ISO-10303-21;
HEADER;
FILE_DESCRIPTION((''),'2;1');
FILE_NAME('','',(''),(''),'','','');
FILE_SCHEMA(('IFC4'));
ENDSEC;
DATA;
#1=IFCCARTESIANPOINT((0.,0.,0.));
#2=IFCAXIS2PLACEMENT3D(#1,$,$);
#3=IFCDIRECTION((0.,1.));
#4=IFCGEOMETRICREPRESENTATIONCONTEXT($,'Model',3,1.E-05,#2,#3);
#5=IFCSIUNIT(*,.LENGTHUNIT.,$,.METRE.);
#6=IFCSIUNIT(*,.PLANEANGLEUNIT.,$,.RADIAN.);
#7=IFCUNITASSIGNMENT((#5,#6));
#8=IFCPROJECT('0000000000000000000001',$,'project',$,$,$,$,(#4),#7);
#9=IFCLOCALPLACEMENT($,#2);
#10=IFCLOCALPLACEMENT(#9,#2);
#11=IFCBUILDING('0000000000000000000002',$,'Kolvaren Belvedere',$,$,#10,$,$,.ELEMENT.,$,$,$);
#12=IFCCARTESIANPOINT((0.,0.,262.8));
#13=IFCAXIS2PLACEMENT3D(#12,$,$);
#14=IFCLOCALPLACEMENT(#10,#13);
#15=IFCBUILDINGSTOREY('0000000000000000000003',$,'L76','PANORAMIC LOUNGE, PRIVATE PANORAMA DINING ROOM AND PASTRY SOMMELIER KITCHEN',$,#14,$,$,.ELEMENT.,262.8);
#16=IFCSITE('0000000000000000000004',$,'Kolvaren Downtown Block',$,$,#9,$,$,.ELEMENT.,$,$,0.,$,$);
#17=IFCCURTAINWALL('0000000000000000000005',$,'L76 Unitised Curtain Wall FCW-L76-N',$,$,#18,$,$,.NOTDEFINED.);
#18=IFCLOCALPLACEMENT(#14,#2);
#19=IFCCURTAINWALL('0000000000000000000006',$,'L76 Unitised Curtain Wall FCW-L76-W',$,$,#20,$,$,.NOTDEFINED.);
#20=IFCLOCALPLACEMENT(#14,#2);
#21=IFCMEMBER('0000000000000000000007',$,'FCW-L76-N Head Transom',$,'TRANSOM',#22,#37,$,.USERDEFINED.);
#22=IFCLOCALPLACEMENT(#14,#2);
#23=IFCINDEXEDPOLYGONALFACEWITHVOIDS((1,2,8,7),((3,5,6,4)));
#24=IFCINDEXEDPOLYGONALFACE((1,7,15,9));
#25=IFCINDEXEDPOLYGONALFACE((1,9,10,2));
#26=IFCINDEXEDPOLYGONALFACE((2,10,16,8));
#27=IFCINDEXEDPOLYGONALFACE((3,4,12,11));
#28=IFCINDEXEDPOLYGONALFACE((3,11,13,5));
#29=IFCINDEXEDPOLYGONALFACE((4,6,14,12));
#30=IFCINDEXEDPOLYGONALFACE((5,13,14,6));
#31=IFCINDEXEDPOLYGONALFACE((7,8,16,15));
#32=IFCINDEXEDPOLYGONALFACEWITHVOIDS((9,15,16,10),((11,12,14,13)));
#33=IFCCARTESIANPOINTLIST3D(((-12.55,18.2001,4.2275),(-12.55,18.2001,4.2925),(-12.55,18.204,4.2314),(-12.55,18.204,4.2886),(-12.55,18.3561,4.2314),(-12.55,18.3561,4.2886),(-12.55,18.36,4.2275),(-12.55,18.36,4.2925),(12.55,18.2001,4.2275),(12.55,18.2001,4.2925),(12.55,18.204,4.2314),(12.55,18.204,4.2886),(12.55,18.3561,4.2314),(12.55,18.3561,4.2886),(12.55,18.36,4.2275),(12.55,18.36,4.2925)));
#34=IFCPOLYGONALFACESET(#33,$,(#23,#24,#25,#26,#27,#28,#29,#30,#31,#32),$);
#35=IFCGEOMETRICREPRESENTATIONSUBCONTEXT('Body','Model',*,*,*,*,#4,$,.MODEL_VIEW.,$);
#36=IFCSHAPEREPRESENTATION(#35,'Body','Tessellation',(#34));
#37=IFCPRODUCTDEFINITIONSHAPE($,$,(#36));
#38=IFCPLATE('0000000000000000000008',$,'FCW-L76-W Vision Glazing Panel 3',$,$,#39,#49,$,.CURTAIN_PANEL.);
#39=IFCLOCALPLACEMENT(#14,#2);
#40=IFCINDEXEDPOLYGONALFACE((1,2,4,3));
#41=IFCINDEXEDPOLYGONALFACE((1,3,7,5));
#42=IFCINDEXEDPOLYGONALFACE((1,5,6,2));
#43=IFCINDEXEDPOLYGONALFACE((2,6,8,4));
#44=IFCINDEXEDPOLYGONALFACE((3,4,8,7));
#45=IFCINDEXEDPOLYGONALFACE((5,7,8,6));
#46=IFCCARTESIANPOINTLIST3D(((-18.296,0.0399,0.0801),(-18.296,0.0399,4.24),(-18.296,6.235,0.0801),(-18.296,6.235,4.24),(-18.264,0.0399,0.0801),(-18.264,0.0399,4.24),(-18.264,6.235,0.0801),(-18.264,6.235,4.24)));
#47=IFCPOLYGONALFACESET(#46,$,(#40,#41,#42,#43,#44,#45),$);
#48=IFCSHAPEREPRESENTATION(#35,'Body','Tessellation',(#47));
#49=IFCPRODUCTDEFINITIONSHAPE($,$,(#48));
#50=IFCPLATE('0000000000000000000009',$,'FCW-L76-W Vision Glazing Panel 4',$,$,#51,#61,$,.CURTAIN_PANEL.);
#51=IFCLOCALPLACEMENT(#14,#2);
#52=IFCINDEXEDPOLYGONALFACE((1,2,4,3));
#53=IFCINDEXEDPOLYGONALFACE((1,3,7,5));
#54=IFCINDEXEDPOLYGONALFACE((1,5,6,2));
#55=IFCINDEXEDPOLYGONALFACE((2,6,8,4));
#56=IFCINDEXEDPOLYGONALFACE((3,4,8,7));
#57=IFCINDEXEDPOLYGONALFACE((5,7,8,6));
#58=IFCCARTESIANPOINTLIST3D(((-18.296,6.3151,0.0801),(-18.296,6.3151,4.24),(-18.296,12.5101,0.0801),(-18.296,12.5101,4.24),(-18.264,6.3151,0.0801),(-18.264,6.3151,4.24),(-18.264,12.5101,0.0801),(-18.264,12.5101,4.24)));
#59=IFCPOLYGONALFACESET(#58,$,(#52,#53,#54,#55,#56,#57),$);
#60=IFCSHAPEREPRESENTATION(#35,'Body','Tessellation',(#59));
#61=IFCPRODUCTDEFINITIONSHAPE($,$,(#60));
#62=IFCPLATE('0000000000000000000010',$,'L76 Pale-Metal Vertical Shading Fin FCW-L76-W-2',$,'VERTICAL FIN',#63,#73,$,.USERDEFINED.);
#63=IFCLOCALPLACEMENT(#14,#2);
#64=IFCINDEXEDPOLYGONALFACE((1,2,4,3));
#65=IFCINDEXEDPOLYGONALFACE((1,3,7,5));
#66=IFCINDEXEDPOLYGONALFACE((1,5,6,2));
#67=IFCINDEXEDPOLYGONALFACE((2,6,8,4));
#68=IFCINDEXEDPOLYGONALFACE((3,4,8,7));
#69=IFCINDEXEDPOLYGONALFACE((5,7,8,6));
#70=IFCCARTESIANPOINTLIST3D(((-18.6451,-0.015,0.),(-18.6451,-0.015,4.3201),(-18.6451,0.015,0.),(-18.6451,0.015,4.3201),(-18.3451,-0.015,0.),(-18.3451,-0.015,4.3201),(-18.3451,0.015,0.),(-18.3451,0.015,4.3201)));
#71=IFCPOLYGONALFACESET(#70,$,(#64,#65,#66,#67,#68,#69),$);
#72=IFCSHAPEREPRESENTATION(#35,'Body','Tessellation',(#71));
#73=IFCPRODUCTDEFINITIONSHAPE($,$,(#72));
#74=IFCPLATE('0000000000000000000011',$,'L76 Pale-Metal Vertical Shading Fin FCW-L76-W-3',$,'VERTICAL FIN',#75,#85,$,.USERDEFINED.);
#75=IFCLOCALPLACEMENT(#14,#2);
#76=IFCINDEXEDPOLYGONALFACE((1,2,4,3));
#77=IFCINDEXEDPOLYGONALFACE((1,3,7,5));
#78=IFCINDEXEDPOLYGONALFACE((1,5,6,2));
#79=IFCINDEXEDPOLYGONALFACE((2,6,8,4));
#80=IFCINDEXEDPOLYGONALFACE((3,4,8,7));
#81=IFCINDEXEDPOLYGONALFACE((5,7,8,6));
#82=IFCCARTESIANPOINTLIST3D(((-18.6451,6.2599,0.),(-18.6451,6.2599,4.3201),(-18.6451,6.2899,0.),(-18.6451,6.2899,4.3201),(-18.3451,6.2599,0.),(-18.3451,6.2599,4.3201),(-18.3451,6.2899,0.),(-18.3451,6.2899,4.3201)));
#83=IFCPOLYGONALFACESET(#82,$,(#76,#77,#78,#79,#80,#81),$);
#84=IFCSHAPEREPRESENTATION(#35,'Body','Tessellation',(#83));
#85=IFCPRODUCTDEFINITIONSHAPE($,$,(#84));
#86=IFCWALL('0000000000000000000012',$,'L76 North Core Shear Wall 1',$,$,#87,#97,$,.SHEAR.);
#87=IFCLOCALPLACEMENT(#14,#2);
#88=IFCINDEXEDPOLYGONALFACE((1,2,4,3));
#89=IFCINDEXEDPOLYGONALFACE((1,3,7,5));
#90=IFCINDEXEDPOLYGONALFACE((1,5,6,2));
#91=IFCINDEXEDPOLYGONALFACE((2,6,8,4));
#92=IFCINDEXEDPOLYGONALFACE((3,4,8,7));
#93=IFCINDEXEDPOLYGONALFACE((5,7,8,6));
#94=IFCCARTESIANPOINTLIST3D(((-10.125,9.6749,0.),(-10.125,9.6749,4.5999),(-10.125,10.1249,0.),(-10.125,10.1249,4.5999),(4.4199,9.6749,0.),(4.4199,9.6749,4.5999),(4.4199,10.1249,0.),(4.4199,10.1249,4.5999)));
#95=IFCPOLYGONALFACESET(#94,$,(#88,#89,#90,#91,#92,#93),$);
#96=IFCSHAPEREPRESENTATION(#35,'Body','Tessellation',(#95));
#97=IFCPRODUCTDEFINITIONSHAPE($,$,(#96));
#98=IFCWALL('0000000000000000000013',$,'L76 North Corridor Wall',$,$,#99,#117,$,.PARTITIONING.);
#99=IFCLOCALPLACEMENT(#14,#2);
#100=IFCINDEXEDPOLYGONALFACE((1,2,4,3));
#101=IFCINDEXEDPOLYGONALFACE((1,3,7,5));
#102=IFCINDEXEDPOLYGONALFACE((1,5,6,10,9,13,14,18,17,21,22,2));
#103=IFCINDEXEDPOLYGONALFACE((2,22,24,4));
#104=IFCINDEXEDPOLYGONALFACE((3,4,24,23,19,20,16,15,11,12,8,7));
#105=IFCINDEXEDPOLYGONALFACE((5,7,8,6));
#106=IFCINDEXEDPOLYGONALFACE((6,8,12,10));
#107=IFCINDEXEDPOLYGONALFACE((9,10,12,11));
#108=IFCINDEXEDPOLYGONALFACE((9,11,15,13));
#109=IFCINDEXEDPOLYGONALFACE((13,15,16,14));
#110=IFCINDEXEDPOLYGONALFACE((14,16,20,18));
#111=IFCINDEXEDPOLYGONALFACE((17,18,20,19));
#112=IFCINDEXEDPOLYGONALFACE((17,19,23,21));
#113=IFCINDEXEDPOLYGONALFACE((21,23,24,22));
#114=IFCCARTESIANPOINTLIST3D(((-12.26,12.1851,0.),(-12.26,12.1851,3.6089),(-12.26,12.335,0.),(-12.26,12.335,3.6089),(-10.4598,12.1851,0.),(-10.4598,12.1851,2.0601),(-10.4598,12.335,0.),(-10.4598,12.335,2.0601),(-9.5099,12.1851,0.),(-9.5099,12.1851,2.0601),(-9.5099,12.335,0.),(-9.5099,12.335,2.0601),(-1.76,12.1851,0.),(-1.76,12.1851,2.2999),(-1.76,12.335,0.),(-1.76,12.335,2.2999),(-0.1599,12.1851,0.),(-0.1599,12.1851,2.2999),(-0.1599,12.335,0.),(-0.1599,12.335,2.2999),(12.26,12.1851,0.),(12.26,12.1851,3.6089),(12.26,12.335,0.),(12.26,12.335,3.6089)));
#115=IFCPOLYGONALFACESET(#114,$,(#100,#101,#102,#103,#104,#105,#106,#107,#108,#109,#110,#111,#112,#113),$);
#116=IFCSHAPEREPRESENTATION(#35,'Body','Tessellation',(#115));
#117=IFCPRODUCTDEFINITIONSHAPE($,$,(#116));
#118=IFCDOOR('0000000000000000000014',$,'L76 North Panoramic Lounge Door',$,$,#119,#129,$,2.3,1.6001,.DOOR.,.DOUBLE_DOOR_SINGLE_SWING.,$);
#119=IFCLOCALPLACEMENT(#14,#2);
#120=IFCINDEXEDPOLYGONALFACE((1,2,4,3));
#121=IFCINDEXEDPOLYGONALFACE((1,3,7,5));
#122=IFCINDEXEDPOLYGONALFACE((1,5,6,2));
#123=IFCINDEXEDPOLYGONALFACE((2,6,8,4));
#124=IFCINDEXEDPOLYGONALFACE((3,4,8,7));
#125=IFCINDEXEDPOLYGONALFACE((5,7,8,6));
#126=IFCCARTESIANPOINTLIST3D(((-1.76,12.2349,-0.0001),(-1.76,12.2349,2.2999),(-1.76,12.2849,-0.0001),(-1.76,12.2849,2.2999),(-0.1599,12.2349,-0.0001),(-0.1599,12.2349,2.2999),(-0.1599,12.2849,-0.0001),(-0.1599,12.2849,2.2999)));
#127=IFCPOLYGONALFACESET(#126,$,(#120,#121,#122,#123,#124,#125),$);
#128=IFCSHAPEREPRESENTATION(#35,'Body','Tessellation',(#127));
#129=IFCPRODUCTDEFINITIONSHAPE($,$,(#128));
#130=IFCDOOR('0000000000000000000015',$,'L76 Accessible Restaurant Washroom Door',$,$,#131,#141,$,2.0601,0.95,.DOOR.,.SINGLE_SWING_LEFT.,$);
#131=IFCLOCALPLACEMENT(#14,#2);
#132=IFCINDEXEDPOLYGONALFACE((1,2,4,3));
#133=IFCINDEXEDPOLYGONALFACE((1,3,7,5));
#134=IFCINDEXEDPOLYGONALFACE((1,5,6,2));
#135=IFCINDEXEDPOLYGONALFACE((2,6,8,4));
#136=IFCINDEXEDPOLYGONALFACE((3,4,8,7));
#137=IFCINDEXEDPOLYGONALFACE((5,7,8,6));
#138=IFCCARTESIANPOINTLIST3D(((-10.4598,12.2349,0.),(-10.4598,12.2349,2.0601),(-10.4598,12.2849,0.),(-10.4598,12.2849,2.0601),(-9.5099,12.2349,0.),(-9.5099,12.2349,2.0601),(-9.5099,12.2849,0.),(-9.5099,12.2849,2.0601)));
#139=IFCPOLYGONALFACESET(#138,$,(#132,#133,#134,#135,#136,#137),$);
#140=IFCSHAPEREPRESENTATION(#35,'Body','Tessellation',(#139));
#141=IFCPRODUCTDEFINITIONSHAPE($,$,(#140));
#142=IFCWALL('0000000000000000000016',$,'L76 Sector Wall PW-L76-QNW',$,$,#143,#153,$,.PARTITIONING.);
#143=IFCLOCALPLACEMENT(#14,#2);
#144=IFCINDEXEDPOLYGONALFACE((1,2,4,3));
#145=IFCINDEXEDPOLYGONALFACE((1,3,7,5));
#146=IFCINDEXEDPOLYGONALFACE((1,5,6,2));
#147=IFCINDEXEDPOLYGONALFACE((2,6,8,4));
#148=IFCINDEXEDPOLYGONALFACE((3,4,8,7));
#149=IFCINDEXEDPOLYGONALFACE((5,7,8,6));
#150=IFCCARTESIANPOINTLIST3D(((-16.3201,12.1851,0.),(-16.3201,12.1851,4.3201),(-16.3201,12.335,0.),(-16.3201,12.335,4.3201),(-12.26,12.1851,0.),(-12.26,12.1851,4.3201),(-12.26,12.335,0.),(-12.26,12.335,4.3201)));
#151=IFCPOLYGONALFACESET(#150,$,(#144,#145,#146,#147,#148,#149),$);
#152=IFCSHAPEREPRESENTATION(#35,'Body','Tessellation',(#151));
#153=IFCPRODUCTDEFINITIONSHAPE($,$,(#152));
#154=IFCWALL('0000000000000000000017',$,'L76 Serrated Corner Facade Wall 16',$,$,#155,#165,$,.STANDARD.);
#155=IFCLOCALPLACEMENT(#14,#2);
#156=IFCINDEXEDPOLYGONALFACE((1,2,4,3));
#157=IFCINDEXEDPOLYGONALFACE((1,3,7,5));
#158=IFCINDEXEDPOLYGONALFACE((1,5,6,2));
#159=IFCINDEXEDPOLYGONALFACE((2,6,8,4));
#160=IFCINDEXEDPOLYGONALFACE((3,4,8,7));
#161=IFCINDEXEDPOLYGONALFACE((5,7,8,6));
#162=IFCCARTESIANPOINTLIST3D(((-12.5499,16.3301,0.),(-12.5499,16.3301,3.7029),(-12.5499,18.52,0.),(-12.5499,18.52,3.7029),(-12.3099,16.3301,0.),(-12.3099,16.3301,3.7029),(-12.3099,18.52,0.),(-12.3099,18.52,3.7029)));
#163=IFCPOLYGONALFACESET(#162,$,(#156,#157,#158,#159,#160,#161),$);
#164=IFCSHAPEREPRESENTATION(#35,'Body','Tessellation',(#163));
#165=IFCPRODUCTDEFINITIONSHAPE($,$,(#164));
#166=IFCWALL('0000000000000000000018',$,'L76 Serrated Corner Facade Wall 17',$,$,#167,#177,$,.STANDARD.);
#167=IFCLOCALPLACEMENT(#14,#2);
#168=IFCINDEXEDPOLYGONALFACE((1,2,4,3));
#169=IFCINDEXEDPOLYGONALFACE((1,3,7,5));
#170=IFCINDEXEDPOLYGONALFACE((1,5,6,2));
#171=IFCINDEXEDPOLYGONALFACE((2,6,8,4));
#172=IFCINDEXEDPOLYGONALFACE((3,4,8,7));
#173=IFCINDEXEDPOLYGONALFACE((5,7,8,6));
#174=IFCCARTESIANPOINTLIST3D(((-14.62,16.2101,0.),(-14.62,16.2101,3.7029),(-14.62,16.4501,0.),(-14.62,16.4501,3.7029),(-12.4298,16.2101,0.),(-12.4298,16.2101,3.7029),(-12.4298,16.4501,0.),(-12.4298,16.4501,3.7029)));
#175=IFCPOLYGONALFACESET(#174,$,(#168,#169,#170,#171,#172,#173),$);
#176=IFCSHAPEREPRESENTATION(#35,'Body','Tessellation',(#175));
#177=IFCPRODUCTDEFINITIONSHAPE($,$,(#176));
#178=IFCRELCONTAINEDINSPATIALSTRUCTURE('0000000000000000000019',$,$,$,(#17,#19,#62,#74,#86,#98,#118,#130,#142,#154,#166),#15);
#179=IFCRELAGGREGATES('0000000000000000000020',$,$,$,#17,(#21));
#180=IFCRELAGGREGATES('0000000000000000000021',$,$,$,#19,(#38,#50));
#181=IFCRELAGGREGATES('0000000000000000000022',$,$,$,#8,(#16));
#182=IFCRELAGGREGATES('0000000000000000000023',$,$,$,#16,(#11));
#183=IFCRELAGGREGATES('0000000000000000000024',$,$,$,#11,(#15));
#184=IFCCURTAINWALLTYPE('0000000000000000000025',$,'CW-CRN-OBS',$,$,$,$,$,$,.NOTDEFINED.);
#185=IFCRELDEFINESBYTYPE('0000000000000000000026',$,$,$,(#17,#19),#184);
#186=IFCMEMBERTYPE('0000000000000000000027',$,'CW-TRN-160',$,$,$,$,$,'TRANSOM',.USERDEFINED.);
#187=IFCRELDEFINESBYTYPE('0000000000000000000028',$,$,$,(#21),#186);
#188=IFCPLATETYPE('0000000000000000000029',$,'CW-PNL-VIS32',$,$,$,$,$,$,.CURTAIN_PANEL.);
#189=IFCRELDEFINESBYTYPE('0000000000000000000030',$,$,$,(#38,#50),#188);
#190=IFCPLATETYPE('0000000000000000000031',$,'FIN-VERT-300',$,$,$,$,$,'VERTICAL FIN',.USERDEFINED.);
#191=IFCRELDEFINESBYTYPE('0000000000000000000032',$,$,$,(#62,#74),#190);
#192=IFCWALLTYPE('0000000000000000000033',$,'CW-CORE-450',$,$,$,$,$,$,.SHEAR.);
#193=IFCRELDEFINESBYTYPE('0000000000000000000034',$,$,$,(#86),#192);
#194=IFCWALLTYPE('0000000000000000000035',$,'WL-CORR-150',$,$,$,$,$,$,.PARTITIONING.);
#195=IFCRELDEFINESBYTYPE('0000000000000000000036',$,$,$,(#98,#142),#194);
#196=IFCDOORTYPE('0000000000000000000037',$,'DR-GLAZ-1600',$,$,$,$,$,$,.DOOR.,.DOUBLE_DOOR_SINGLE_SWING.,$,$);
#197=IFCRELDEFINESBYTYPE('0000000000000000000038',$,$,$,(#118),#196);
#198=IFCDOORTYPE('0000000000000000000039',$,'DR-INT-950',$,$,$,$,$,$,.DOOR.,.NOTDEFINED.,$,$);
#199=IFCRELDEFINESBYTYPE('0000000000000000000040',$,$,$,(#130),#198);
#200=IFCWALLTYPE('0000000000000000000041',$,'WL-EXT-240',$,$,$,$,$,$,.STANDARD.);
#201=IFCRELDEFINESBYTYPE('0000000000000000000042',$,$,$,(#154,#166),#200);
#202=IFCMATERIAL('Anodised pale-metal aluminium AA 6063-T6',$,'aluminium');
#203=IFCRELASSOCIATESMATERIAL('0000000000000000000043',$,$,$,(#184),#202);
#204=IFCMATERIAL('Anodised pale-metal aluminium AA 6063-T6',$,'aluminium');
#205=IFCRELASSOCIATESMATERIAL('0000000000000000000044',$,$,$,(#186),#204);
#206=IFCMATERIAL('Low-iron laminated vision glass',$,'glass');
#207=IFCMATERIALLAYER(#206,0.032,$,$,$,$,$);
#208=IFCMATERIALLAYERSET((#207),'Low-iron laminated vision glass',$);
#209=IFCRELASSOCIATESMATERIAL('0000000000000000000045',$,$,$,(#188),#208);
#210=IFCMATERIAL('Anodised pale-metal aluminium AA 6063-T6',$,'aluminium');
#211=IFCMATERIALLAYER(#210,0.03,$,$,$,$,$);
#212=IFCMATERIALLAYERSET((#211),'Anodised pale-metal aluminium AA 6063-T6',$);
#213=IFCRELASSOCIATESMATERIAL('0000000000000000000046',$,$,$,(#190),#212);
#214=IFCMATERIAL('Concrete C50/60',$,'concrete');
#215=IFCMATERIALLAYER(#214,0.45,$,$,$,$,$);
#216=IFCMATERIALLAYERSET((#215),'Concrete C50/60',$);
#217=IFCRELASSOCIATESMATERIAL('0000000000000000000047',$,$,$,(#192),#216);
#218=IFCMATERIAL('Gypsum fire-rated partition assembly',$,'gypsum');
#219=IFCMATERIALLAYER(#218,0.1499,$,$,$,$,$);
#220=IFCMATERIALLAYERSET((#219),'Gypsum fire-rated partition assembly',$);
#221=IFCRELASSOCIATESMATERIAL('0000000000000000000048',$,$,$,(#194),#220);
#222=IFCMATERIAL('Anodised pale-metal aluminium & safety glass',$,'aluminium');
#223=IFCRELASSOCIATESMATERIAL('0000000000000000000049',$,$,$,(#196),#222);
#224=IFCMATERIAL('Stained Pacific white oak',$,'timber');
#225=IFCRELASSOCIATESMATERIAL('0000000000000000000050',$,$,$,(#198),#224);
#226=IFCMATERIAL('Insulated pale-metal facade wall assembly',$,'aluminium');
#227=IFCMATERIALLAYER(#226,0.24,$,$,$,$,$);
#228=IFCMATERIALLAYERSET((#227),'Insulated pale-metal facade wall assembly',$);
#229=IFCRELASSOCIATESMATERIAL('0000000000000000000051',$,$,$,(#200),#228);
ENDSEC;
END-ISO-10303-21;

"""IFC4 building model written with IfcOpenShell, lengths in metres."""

from ifc_helpers import new_model, si_unit, direction, frame, frame_2d, origin, origin_2d, place, context, subcontext, project, spatial, rectangle, hollow_rectangle, extrude, material, layer, layer_set, material_profile, profile_set, type_object, element, fill, aggregate, save


model = new_model("IFC4")

# Units and contexts
model_context = context("Model", 3, precision=1e-05, world=origin(), true_north=direction((0.0, 1.0)))
body_context = subcontext(model_context, "Body", "Model", "MODEL_VIEW")
ifc_project = project(units=[si_unit("LENGTHUNIT", "METRE"), si_unit("PLANEANGLEUNIT", "RADIAN")], contexts=[model_context])

# Site, building, storey
site_placement = place(None, origin())
site = spatial("IfcSite", under=ifc_project, at=site_placement, Name="Kolvaren Downtown Block", CompositionType="ELEMENT", RefElevation=0.0)
building_placement = place(site_placement, origin())
building = spatial("IfcBuilding", under=site, at=building_placement, Name="Kolvaren Belvedere", CompositionType="ELEMENT")
storey_placement = place(building_placement, frame((0.0, 0.0, 262.8)))
storey = spatial("IfcBuildingStorey", under=building, at=storey_placement, Name="L76", Description="PANORAMIC LOUNGE, PRIVATE PANORAMA DINING ROOM AND PASTRY SOMMELIER KITCHEN", CompositionType="ELEMENT", Elevation=262.8)

# Curtain wall
ifc_material_1 = material(Name="Anodised pale-metal aluminium AA 6063-T6", Category="aluminium")
curtain_wall_type = type_object("IfcCurtainWallType", Name="CW-CRN-OBS", PredefinedType="NOTDEFINED", material=ifc_material_1)
curtain_wall_1_placement = place(storey_placement, origin())
curtain_wall_1 = element("IfcCurtainWall", 1, at=curtain_wall_1_placement, inside=storey, type_object=curtain_wall_type, Name="L76 Unitised Curtain Wall FCW-L76-N", PredefinedType="NOTDEFINED")

# Curtain wall
curtain_wall_2_placement = place(storey_placement, origin())
curtain_wall_2 = element("IfcCurtainWall", 2, at=curtain_wall_2_placement, inside=storey, type_object=curtain_wall_type, Name="L76 Unitised Curtain Wall FCW-L76-W", PredefinedType="NOTDEFINED")

# Member
ifc_material_2 = material(Name="Anodised pale-metal aluminium AA 6063-T6", Category="aluminium")
ifc_material_profile_1 = material_profile(ifc_material_2, hollow_rectangle(XDim=0.0649, YDim=0.1599, WallThickness=0.0039, at=origin_2d()), Name="ALU-TRN-160X65")
ifc_profile_set_1 = profile_set([ifc_material_profile_1], Name="Anodised pale-metal aluminium AA 6063-T6")
member_type_1 = type_object("IfcMemberType", Name="CW-TRN-160", ElementType="TRANSOM", PredefinedType="USERDEFINED", material=ifc_profile_set_1)
member_1_placement = place(storey_placement, frame((-12.55, 18.28, 4.26), z_axis=(1.0, 0.0, 0.0), x_axis=(0.0, 0.0, 1.0)))
member_1 = element("IfcMember", 3, at=member_1_placement, type_object=member_type_1, Name="FCW-L76-N Head Transom", ObjectType="TRANSOM", PredefinedType="USERDEFINED", context=body_context, shape_type="SweptSolid", body=[
    extrude(hollow_rectangle(XDim=0.0649, YDim=0.1599, WallThickness=0.0039, at=origin_2d()), origin(), (0.0, 0.0, 1.0), 25.1001),
])
aggregate(curtain_wall_1, [member_1])

# Plates
ifc_material_3 = material(Name="Low-iron laminated vision glass", Category="glass")
ifc_layer_1 = layer(ifc_material_3, 0.032)
ifc_layer_set_1 = layer_set([ifc_layer_1], Name="Low-iron laminated vision glass")
plate_type_1 = type_object("IfcPlateType", Name="CW-PNL-VIS32", PredefinedType="CURTAIN_PANEL", material=ifc_layer_set_1)
plate_1_placement = place(storey_placement, frame((-18.28, 3.1375, 0.0801), z_axis=(0.0, 0.0, 1.0), x_axis=(0.0, 1.0, 0.0)))
plate_1 = element("IfcPlate", 4, at=plate_1_placement, type_object=plate_type_1, Name="FCW-L76-W Vision Glazing Panel 3", PredefinedType="CURTAIN_PANEL", context=body_context, shape_type="SweptSolid", body=[
    extrude(rectangle(XDim=6.1951, YDim=0.032, at=origin_2d()), origin(), (0.0, 0.0, 1.0), 4.1599),
])
plate_2_placement = place(storey_placement, frame((-18.28, 9.4126, 0.0801), z_axis=(0.0, 0.0, 1.0), x_axis=(0.0, 1.0, 0.0)))
plate_2 = element("IfcPlate", 5, at=plate_2_placement, type_object=plate_type_1, Name="FCW-L76-W Vision Glazing Panel 4", PredefinedType="CURTAIN_PANEL", context=body_context, shape_type="SweptSolid", body=[
    extrude(rectangle(XDim=6.1951, YDim=0.032, at=origin_2d()), origin(), (0.0, 0.0, 1.0), 4.1599),
])
aggregate(curtain_wall_2, [plate_1, plate_2])

# Plates
ifc_material_4 = material(Name="Anodised pale-metal aluminium AA 6063-T6", Category="aluminium")
ifc_layer_2 = layer(ifc_material_4, 0.03)
ifc_layer_set_2 = layer_set([ifc_layer_2], Name="Anodised pale-metal aluminium AA 6063-T6")
plate_type_2 = type_object("IfcPlateType", Name="FIN-VERT-300", ElementType="VERTICAL FIN", PredefinedType="USERDEFINED", material=ifc_layer_set_2)
for number, where, z_axis, x_axis, name in (
    (6, (-18.4951, 0.0, 0.0), (0.0, 0.0, 1.0), (1.0, 0.0, 0.0), "L76 Pale-Metal Vertical Shading Fin FCW-L76-W-2"),
    (7, (-18.4951, 6.2749, 0.0), (0.0, 0.0, 1.0), (1.0, 0.0, 0.0), "L76 Pale-Metal Vertical Shading Fin FCW-L76-W-3"),
):
    element("IfcPlate", number, at=place(storey_placement, frame(where, z_axis=z_axis, x_axis=x_axis)), inside=storey, type_object=plate_type_2, Name=name, ObjectType="VERTICAL FIN", PredefinedType="USERDEFINED", context=body_context, shape_type="SweptSolid", body=[
        extrude(rectangle(XDim=0.3, YDim=0.03, at=origin_2d()), origin(), (0.0, 0.0, 1.0), 4.3201),
    ])

# Wall
ifc_material_5 = material(Name="Concrete C50/60", Category="concrete")
ifc_layer_3 = layer(ifc_material_5, 0.45)
ifc_layer_set_3 = layer_set([ifc_layer_3], Name="Concrete C50/60")
wall_type_1 = type_object("IfcWallType", Name="CW-CORE-450", PredefinedType="SHEAR", material=ifc_layer_set_3)
wall_1_placement = place(storey_placement, frame((-10.125, 9.8999, 0.0), z_axis=(0.0, 0.0, 1.0), x_axis=(1.0, 0.0, 0.0)))
element("IfcWall", 8, at=wall_1_placement, inside=storey, type_object=wall_type_1, Name="L76 North Core Shear Wall 1", PredefinedType="SHEAR", context=body_context, shape_type="SweptSolid", body=[
    extrude(rectangle(XDim=14.5449, YDim=0.45, at=frame_2d((7.2725, 0.0))), origin(), (0.0, 0.0, 1.0), 4.5999),
])

# Wall, openings, doors
ifc_material_6 = material(Name="Gypsum fire-rated partition assembly", Category="gypsum")
ifc_layer_4 = layer(ifc_material_6, 0.1499)
ifc_layer_set_4 = layer_set([ifc_layer_4], Name="Gypsum fire-rated partition assembly")
wall_type_2 = type_object("IfcWallType", Name="WL-CORR-150", PredefinedType="PARTITIONING", material=ifc_layer_set_4)
wall_2_placement = place(storey_placement, frame((-12.26, 12.26, 0.0), z_axis=(0.0, 0.0, 1.0), x_axis=(1.0, 0.0, 0.0)))
wall_2 = element("IfcWall", 9, at=wall_2_placement, inside=storey, type_object=wall_type_2, Name="L76 North Corridor Wall", PredefinedType="PARTITIONING", context=body_context, shape_type="SweptSolid", body=[
    extrude(rectangle(XDim=24.52, YDim=0.1499, at=frame_2d((12.26, 0.0))), origin(), (0.0, 0.0, 1.0), 3.6089),
])
opening_1_placement = place(wall_2_placement, frame((1.8, 0.0, 0.0)))
opening_1 = element("IfcOpeningElement", 10, at=opening_1_placement, cuts=wall_2, PredefinedType="OPENING", context=body_context, shape_type="SweptSolid", body=[
    extrude(rectangle(XDim=0.95, YDim=2.0601, at=frame_2d((0.4751, 1.03))), frame((0.0, 0.085, 0.0), z_axis=(0.0, -1.0, 0.0), x_axis=(1.0, 0.0, 0.0)), (0.0, 0.0, 1.0), 0.1699),
])
opening_2_placement = place(wall_2_placement, frame((10.5, 0.0, 0.0)))
opening_2 = element("IfcOpeningElement", 11, at=opening_2_placement, cuts=wall_2, PredefinedType="OPENING", context=body_context, shape_type="SweptSolid", body=[
    extrude(rectangle(XDim=1.6001, YDim=2.3, at=frame_2d((0.8, 1.1499))), frame((0.0, 0.085, 0.0), z_axis=(0.0, -1.0, 0.0), x_axis=(1.0, 0.0, 0.0)), (0.0, 0.0, 1.0), 0.1699),
])
ifc_material_7 = material(Name="Anodised pale-metal aluminium & safety glass", Category="aluminium")
door_type_1 = type_object("IfcDoorType", Name="DR-GLAZ-1600", OperationType="DOUBLE_DOOR_SINGLE_SWING", PredefinedType="DOOR", material=ifc_material_7)
door_1_placement = place(opening_2_placement, origin())
door_1 = element("IfcDoor", 12, at=door_1_placement, inside=storey, type_object=door_type_1, Name="L76 North Panoramic Lounge Door", OperationType="DOUBLE_DOOR_SINGLE_SWING", OverallHeight=2.3, OverallWidth=1.6001, PredefinedType="DOOR", context=body_context, shape_type="SweptSolid", body=[
    extrude(rectangle(XDim=1.6001, YDim=2.3, at=frame_2d((0.8, 1.1499))), frame((0.0, 0.0249, 0.0), z_axis=(0.0, -1.0, 0.0), x_axis=(1.0, 0.0, 0.0)), (0.0, 0.0, 1.0), 0.05),
])
fill(opening_2, door_1)
ifc_material_8 = material(Name="Stained Pacific white oak", Category="timber")
door_type_2 = type_object("IfcDoorType", Name="DR-INT-950", OperationType="NOTDEFINED", PredefinedType="DOOR", material=ifc_material_8)
door_2_placement = place(opening_1_placement, origin())
door_2 = element("IfcDoor", 13, at=door_2_placement, inside=storey, type_object=door_type_2, Name="L76 Accessible Restaurant Washroom Door", OperationType="SINGLE_SWING_LEFT", OverallHeight=2.0601, OverallWidth=0.95, PredefinedType="DOOR", context=body_context, shape_type="SweptSolid", body=[
    extrude(rectangle(XDim=0.95, YDim=2.0601, at=frame_2d((0.4751, 1.03))), frame((0.0, 0.0249, 0.0), z_axis=(0.0, -1.0, 0.0), x_axis=(1.0, 0.0, 0.0)), (0.0, 0.0, 1.0), 0.05),
])
fill(opening_1, door_2)

# Walls
wall_3_placement = place(storey_placement, frame((-16.3201, 12.26, 0.0), z_axis=(0.0, 0.0, 1.0), x_axis=(1.0, 0.0, 0.0)))
element("IfcWall", 14, at=wall_3_placement, inside=storey, type_object=wall_type_2, Name="L76 Sector Wall PW-L76-QNW", PredefinedType="PARTITIONING", context=body_context, shape_type="SweptSolid", body=[
    extrude(rectangle(XDim=4.0601, YDim=0.1499, at=frame_2d((2.03, 0.0))), origin(), (0.0, 0.0, 1.0), 4.3201),
])
ifc_material_9 = material(Name="Insulated pale-metal facade wall assembly", Category="aluminium")
ifc_layer_5 = layer(ifc_material_9, 0.24)
ifc_layer_set_5 = layer_set([ifc_layer_5], Name="Insulated pale-metal facade wall assembly")
wall_type_3 = type_object("IfcWallType", Name="WL-EXT-240", PredefinedType="STANDARD", material=ifc_layer_set_5)
wall_4_placement = place(storey_placement, frame((-12.4299, 16.3301, 0.0), z_axis=(0.0, 0.0, 1.0), x_axis=(0.0, 1.0, 0.0)))
element("IfcWall", 15, at=wall_4_placement, inside=storey, type_object=wall_type_3, Name="L76 Serrated Corner Facade Wall 16", PredefinedType="STANDARD", context=body_context, shape_type="SweptSolid", body=[
    extrude(rectangle(XDim=2.1899, YDim=0.24, at=frame_2d((1.095, 0.0))), origin(), (0.0, 0.0, 1.0), 3.7029),
])
for number, where, z_axis, x_axis, name in (
    (16, (-14.6201, 16.3301, 0.0), (0.0, 0.0, 1.0), (1.0, 0.0, 0.0), "L76 Serrated Corner Facade Wall 17"),
):
    element("IfcWall", number, at=place(storey_placement, frame(where, z_axis=z_axis, x_axis=x_axis)), inside=storey, type_object=wall_type_3, Name=name, PredefinedType="STANDARD", context=body_context, shape_type="SweptSolid", body=[
        extrude(rectangle(XDim=2.1902, YDim=0.24, at=frame_2d((1.0952, 0.0))), origin(), (0.0, 0.0, 1.0), 3.7029),
    ])

save(model, "model.ifc")
